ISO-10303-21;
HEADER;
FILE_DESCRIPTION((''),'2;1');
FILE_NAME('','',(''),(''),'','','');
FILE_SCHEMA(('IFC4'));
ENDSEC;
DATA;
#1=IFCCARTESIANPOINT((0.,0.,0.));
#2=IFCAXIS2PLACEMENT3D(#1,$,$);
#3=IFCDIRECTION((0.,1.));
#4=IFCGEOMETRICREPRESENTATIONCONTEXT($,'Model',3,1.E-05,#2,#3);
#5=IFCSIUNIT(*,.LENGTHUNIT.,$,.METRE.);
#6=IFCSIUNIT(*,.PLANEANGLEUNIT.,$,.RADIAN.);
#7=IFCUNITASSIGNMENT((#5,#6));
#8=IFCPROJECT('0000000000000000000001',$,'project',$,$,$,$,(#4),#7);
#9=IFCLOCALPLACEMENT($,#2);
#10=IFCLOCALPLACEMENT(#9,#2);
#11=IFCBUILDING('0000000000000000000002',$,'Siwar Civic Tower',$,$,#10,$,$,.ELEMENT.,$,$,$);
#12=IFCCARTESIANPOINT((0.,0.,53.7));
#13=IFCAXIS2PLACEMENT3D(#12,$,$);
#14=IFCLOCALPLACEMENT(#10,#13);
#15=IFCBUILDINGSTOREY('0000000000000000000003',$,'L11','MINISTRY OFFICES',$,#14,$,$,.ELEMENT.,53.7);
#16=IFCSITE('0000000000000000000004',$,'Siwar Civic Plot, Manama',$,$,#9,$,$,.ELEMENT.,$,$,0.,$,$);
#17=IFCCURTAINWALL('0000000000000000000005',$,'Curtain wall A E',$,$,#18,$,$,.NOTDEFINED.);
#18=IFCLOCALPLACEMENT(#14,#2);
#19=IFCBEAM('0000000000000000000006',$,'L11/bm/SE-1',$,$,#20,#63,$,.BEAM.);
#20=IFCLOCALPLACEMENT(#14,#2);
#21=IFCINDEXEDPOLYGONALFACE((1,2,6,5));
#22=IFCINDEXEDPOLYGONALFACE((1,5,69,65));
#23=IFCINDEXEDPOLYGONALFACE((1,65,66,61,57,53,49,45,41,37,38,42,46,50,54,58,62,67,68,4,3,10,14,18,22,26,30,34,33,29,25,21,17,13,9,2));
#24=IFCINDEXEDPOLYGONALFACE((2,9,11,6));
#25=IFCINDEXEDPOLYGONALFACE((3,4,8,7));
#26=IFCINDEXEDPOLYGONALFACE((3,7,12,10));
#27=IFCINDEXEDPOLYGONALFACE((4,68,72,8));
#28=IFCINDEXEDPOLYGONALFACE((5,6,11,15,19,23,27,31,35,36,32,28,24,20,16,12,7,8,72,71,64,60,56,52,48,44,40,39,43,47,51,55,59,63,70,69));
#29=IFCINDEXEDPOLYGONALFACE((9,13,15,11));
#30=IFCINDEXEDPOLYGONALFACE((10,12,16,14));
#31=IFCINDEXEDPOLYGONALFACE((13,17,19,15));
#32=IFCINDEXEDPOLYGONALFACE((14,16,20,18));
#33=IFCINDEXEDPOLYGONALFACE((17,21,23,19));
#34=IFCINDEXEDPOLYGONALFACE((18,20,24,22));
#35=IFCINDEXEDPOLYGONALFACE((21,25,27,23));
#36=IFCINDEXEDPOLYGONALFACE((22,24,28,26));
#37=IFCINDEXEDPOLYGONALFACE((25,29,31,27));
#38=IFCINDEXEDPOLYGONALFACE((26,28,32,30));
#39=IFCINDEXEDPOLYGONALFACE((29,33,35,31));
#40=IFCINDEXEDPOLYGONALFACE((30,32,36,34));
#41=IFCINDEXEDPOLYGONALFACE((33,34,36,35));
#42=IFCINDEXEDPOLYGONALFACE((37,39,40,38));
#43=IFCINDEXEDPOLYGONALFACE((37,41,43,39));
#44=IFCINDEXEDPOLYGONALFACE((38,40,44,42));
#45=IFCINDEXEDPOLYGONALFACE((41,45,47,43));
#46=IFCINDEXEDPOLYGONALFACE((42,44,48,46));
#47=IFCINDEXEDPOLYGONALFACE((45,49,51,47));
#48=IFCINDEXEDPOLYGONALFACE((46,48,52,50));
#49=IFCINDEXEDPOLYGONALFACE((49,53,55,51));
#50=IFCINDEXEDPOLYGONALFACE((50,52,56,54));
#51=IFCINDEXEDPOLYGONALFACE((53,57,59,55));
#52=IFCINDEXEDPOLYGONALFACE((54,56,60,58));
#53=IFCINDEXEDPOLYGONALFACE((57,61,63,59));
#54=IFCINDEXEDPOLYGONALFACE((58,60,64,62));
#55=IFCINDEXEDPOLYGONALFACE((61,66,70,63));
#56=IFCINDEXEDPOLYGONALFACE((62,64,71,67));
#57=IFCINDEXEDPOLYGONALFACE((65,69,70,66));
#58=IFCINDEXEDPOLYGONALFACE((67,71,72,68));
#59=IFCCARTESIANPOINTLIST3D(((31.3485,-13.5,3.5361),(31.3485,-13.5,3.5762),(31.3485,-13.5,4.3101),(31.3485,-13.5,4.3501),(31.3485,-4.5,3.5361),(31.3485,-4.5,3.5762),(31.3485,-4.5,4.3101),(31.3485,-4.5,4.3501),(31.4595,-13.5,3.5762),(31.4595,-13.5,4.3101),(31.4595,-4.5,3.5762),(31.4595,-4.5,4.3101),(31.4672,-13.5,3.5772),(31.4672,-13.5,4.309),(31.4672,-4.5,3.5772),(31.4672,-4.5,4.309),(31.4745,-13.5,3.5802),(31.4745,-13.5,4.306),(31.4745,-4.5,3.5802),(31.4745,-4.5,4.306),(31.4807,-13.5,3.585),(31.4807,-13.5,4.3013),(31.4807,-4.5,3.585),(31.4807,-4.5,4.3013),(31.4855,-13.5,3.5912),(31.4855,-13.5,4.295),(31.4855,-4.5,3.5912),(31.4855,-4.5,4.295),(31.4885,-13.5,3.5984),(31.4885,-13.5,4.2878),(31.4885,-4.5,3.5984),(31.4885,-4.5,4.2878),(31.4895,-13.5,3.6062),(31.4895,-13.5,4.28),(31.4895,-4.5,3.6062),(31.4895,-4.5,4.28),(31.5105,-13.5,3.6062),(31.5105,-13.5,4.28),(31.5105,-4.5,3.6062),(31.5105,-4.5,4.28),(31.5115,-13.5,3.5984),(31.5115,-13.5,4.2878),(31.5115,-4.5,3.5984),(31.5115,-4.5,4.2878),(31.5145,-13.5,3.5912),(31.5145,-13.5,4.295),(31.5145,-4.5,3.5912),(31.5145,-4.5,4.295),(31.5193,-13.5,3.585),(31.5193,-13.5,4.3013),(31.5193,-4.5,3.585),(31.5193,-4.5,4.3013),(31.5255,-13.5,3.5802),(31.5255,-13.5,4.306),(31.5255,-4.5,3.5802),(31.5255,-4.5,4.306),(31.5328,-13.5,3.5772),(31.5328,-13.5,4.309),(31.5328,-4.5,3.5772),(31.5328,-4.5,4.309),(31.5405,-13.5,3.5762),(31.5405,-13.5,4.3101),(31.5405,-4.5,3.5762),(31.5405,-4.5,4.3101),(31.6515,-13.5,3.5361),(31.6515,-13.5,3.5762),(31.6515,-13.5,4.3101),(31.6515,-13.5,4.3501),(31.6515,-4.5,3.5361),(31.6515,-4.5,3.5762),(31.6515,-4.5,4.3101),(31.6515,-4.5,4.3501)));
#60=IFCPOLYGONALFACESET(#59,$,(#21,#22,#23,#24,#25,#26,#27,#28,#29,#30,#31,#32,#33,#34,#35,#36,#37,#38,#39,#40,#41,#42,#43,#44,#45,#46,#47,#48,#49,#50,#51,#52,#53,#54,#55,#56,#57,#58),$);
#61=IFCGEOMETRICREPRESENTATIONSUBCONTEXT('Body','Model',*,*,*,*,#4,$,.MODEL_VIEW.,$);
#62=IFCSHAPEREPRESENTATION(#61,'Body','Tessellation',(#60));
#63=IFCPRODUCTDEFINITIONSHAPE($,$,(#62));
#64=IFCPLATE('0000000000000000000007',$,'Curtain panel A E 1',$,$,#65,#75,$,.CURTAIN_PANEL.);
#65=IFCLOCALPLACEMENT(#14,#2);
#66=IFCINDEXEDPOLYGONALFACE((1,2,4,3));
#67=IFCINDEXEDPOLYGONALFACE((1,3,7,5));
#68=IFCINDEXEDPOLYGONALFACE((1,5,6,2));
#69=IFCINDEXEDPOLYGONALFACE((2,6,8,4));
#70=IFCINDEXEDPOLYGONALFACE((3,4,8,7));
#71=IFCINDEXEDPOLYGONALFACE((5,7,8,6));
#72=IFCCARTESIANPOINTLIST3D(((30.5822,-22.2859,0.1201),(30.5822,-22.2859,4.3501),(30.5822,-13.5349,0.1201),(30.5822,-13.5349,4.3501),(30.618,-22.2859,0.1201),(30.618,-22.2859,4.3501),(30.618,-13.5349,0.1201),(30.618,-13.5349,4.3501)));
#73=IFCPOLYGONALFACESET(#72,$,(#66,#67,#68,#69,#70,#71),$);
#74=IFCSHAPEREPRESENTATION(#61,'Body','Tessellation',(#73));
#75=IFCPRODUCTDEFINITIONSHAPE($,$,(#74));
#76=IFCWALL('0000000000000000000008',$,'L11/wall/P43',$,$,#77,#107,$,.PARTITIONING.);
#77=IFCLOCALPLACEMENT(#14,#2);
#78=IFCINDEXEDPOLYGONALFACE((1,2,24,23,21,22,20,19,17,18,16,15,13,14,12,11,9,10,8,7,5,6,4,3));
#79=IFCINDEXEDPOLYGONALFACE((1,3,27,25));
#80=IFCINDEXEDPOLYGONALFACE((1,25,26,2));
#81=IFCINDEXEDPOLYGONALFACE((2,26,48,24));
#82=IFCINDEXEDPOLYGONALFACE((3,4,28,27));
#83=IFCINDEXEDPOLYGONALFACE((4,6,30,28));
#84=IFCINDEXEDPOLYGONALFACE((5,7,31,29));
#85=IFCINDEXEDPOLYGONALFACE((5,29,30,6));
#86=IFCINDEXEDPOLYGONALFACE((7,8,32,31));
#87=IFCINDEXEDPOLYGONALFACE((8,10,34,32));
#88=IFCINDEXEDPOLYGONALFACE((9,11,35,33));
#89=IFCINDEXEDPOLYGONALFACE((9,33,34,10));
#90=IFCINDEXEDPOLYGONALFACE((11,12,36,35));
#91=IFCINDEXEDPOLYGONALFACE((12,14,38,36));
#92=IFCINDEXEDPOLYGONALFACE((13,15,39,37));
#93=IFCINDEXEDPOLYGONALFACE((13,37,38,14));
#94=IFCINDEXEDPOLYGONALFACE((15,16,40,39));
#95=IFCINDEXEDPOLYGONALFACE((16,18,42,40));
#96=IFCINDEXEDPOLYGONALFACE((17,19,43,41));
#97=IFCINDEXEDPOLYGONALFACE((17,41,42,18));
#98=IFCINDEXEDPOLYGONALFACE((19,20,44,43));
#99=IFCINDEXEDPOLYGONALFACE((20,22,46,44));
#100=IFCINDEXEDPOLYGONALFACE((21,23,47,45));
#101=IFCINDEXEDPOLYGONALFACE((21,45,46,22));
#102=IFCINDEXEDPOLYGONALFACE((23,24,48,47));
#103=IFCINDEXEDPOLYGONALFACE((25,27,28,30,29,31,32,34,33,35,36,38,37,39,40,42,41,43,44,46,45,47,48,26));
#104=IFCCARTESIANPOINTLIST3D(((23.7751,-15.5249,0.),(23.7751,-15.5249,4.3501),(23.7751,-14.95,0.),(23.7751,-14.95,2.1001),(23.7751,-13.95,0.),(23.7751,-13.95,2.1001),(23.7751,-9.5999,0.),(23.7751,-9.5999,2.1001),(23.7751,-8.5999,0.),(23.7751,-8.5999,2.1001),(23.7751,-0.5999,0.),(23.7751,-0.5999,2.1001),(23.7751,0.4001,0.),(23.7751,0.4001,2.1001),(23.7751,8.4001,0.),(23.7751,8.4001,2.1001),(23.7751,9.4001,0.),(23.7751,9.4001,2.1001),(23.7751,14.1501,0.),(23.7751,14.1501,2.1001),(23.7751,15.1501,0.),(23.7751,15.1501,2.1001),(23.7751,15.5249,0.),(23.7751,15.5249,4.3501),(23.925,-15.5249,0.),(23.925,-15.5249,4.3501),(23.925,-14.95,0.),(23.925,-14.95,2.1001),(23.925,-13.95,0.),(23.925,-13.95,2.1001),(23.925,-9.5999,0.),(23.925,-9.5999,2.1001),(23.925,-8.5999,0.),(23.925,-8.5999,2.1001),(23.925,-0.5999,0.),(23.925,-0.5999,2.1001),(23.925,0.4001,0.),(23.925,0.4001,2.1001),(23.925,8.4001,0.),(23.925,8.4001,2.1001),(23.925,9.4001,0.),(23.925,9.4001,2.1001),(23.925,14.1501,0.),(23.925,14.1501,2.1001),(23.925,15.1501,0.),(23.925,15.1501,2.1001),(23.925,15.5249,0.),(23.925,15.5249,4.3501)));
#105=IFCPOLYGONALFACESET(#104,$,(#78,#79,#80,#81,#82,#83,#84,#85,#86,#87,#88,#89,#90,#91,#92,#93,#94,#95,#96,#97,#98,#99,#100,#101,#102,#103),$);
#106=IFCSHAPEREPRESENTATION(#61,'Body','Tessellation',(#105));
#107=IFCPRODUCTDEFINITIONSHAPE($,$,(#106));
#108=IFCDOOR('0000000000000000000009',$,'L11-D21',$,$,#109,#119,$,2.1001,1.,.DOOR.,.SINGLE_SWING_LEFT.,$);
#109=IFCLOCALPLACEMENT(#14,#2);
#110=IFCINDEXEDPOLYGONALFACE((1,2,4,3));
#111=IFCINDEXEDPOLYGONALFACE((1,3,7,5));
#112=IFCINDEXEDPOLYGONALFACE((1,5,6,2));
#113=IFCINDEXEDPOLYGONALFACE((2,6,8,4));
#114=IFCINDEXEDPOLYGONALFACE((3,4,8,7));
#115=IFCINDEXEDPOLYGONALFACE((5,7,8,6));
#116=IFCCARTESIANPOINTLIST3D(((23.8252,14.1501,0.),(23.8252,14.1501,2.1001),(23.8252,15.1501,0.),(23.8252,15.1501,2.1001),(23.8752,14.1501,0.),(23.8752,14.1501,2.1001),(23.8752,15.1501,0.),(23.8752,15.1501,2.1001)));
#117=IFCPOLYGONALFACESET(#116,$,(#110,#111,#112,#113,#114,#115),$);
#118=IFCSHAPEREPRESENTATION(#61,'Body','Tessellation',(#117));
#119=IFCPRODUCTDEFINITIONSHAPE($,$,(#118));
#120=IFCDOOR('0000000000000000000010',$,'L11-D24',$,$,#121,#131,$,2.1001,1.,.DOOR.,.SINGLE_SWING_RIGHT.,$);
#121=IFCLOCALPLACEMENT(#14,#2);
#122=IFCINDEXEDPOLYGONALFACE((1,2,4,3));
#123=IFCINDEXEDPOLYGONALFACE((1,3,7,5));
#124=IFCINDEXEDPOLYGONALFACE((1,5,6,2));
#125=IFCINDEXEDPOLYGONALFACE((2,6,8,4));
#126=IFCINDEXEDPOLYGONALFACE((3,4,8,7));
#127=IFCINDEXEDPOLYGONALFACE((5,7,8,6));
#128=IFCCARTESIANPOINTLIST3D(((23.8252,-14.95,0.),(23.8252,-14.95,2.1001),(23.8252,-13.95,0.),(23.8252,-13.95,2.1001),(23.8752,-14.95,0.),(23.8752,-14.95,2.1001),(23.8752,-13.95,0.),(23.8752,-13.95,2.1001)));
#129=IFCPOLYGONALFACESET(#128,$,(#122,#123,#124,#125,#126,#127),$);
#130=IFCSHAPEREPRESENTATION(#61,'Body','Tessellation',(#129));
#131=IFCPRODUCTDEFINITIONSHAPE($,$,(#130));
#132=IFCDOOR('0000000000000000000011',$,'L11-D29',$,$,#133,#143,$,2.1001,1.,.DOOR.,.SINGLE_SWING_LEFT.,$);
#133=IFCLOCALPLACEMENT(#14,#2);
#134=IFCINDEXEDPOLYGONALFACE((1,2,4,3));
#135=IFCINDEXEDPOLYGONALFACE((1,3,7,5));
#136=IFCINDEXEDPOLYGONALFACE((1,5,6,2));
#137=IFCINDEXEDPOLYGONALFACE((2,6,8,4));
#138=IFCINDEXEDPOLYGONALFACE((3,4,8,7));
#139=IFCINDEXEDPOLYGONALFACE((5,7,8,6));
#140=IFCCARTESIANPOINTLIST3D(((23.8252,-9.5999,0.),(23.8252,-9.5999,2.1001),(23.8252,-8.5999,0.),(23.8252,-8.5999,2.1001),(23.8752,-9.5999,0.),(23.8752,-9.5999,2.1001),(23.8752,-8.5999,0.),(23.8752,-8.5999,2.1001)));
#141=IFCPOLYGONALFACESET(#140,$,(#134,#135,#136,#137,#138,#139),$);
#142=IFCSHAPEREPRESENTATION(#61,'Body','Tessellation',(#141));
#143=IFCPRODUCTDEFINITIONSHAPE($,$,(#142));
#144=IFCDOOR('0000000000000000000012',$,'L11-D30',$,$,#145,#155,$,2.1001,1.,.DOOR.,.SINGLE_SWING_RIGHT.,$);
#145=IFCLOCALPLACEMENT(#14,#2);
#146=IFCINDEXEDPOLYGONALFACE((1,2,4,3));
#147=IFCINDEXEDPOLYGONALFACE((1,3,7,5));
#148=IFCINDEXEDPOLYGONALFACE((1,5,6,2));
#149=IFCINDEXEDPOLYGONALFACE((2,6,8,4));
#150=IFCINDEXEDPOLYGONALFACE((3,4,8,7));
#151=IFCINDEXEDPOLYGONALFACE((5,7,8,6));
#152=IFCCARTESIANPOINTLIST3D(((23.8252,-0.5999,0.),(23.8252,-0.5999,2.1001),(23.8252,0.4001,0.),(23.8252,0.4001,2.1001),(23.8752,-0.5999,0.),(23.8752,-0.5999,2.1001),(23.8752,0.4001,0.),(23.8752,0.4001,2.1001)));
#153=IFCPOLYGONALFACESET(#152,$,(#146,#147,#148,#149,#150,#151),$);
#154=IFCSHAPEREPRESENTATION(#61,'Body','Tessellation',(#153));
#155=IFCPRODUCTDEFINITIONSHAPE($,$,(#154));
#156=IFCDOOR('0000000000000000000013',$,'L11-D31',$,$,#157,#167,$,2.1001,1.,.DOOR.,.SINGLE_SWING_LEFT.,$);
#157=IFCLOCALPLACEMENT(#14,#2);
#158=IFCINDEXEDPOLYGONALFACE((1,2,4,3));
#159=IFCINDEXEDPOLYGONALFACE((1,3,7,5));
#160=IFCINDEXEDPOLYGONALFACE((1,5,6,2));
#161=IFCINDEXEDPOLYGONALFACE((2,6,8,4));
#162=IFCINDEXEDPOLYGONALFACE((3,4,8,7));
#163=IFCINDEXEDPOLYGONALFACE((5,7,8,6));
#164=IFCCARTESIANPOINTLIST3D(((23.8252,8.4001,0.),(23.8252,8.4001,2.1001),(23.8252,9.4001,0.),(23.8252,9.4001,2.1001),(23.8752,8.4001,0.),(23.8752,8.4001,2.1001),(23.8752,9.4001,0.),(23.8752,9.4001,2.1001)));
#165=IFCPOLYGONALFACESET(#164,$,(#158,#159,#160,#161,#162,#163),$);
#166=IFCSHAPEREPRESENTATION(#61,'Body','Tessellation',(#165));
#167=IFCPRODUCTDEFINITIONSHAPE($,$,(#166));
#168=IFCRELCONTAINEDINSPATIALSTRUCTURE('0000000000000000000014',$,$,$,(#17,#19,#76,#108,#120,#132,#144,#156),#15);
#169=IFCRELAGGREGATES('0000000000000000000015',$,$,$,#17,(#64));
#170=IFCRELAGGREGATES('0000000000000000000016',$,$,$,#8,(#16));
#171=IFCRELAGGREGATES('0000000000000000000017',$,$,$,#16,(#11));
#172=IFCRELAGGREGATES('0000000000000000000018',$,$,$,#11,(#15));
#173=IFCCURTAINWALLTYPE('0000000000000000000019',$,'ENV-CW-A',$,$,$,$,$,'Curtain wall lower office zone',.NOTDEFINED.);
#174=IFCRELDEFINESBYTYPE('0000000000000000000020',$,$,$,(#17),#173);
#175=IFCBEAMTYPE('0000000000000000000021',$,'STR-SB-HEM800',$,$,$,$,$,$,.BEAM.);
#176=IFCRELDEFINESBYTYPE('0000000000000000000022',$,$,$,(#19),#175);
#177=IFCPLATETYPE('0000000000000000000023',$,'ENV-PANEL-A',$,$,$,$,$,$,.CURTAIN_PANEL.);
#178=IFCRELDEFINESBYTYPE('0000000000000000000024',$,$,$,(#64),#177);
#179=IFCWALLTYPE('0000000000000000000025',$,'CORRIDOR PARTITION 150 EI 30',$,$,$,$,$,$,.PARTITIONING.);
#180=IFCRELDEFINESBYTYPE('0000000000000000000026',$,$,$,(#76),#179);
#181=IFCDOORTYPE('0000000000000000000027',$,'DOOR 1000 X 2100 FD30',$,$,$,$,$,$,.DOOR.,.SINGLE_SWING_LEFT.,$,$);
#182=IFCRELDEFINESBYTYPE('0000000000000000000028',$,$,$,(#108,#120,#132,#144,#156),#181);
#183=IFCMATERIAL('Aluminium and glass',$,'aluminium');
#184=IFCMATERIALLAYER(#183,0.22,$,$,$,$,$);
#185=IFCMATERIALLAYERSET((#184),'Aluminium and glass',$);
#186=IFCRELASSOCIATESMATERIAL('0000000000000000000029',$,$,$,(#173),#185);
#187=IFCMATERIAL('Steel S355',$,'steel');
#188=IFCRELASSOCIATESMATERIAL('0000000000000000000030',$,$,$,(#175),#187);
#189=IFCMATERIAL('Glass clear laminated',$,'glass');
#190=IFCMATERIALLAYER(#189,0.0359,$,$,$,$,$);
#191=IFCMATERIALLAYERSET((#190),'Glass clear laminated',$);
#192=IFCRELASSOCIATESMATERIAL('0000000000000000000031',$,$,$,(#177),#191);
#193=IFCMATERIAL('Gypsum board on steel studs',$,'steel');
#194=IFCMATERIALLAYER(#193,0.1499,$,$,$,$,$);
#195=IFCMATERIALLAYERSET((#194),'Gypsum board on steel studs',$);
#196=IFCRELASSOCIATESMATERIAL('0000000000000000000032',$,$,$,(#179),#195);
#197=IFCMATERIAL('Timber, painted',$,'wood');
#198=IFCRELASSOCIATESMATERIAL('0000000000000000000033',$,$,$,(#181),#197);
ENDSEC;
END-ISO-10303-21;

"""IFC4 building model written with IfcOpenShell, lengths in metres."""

from ifc_helpers import new_model, si_unit, direction, frame, frame_2d, origin, origin_2d, place, context, subcontext, project, spatial, rectangle, i_section, extrude, material, layer, layer_set, material_profile, profile_set, type_object, element, fill, aggregate, save


model = new_model("IFC4")

# Units and contexts
model_context = context("Model", 3, precision=1e-05, world=origin(), true_north=direction((0.0, 1.0)))
body_context = subcontext(model_context, "Body", "Model", "MODEL_VIEW")
ifc_project = project(units=[si_unit("LENGTHUNIT", "METRE"), si_unit("PLANEANGLEUNIT", "RADIAN")], contexts=[model_context])

# Site, building, storey
site_placement = place(None, origin())
site = spatial("IfcSite", under=ifc_project, at=site_placement, Name="Siwar Civic Plot, Manama", CompositionType="ELEMENT", RefElevation=0.0)
building_placement = place(site_placement, origin())
building = spatial("IfcBuilding", under=site, at=building_placement, Name="Siwar Civic Tower", CompositionType="ELEMENT")
storey_placement = place(building_placement, frame((0.0, 0.0, 53.7)))
storey = spatial("IfcBuildingStorey", under=building, at=storey_placement, Name="L11", Description="MINISTRY OFFICES", CompositionType="ELEMENT", Elevation=53.7)

# Curtain wall
ifc_material_1 = material(Name="Aluminium and glass", Category="aluminium")
ifc_layer_1 = layer(ifc_material_1, 0.22)
ifc_layer_set_1 = layer_set([ifc_layer_1], Name="Aluminium and glass")
curtain_wall_type = type_object("IfcCurtainWallType", Name="ENV-CW-A", ElementType="Curtain wall lower office zone", PredefinedType="NOTDEFINED", material=ifc_layer_set_1)
curtain_wall_placement = place(storey_placement, origin())
curtain_wall = element("IfcCurtainWall", 1, at=curtain_wall_placement, inside=storey, type_object=curtain_wall_type, Name="Curtain wall A E", PredefinedType="NOTDEFINED")

# Beam
ifc_material_2 = material(Name="Steel S355", Category="steel")
ifc_material_profile_1 = material_profile(ifc_material_2, i_section(OverallWidth=0.303, OverallDepth=0.814, WebThickness=0.021, FlangeThickness=0.04, FilletRadius=0.03, at=origin_2d()), Name="HEM800")
ifc_profile_set_1 = profile_set([ifc_material_profile_1], Name="Steel S355")
beam_type_1 = type_object("IfcBeamType", Name="STR-SB-HEM800", PredefinedType="BEAM", material=ifc_profile_set_1)
beam_1_placement = place(storey_placement, frame((31.5, -13.5, 3.9431), z_axis=(0.0, 1.0, 0.0), x_axis=(-1.0, 0.0, 0.0)))
element("IfcBeam", 2, at=beam_1_placement, inside=storey, type_object=beam_type_1, Name="L11/bm/SE-1", PredefinedType="BEAM", context=body_context, shape_type="SweptSolid", body=[
    extrude(i_section(OverallWidth=0.303, OverallDepth=0.814, WebThickness=0.021, FlangeThickness=0.04, FilletRadius=0.03, at=origin_2d()), origin(), (0.0, 0.0, 1.0), 9.0),
])

# Plate
ifc_material_3 = material(Name="Glass clear laminated", Category="glass")
ifc_layer_2 = layer(ifc_material_3, 0.0359)
ifc_layer_set_2 = layer_set([ifc_layer_2], Name="Glass clear laminated")
plate_type = type_object("IfcPlateType", Name="ENV-PANEL-A", PredefinedType="CURTAIN_PANEL", material=ifc_layer_set_2)
plate_placement = place(storey_placement, frame((30.6001, -17.9104, 0.1201), z_axis=(0.0, 0.0, 1.0), x_axis=(0.0, 1.0, 0.0)))
plate = element("IfcPlate", 3, at=plate_placement, type_object=plate_type, Name="Curtain panel A E 1", PredefinedType="CURTAIN_PANEL", context=body_context, shape_type="SweptSolid", body=[
    extrude(rectangle(XDim=8.751, YDim=0.0359, at=origin_2d()), origin(), (0.0, 0.0, 1.0), 4.23),
])
aggregate(curtain_wall, [plate])

# Wall, openings, doors
ifc_material_4 = material(Name="Gypsum board on steel studs", Category="steel")
ifc_layer_3 = layer(ifc_material_4, 0.1499)
ifc_layer_set_3 = layer_set([ifc_layer_3], Name="Gypsum board on steel studs")
wall_type_1 = type_object("IfcWallType", Name="CORRIDOR PARTITION 150 EI 30", PredefinedType="PARTITIONING", material=ifc_layer_set_3)
wall_1_placement = place(storey_placement, frame((23.8501, -15.5249, 0.0), z_axis=(0.0, 0.0, 1.0), x_axis=(0.0, 1.0, 0.0)))
wall_1 = element("IfcWall", 4, at=wall_1_placement, inside=storey, type_object=wall_type_1, Name="L11/wall/P43", PredefinedType="PARTITIONING", context=body_context, shape_type="SweptSolid", body=[
    extrude(rectangle(XDim=31.0498, YDim=0.1499, at=frame_2d((15.5249, 0.0))), origin(), (0.0, 0.0, 1.0), 4.3501),
])
opening_1_placement = place(wall_1_placement, frame((29.675, 0.0, 0.0)))
opening_1 = element("IfcOpeningElement", 5, at=opening_1_placement, cuts=wall_1, PredefinedType="OPENING", context=body_context, shape_type="SweptSolid", body=[
    extrude(rectangle(XDim=1.0, YDim=2.1001, at=frame_2d((0.5, 1.05))), frame((0.0, 0.085, 0.0), z_axis=(0.0, -1.0, 0.0), x_axis=(1.0, 0.0, 0.0)), (0.0, 0.0, 1.0), 0.1699),
])
opening_2_placement = place(wall_1_placement, frame((0.575, 0.0, 0.0)))
opening_2 = element("IfcOpeningElement", 6, at=opening_2_placement, cuts=wall_1, PredefinedType="OPENING", context=body_context, shape_type="SweptSolid", body=[
    extrude(rectangle(XDim=1.0, YDim=2.1001, at=frame_2d((0.5, 1.05))), frame((0.0, 0.085, 0.0), z_axis=(0.0, -1.0, 0.0), x_axis=(1.0, 0.0, 0.0)), (0.0, 0.0, 1.0), 0.1699),
])
opening_3_placement = place(wall_1_placement, frame((5.925, 0.0, 0.0)))
opening_3 = element("IfcOpeningElement", 7, at=opening_3_placement, cuts=wall_1, PredefinedType="OPENING", context=body_context, shape_type="SweptSolid", body=[
    extrude(rectangle(XDim=1.0, YDim=2.1001, at=frame_2d((0.5, 1.05))), frame((0.0, 0.085, 0.0), z_axis=(0.0, -1.0, 0.0), x_axis=(1.0, 0.0, 0.0)), (0.0, 0.0, 1.0), 0.1699),
])
opening_4_placement = place(wall_1_placement, frame((14.925, 0.0, 0.0)))
opening_4 = element("IfcOpeningElement", 8, at=opening_4_placement, cuts=wall_1, PredefinedType="OPENING", context=body_context, shape_type="SweptSolid", body=[
    extrude(rectangle(XDim=1.0, YDim=2.1001, at=frame_2d((0.5, 1.05))), frame((0.0, 0.085, 0.0), z_axis=(0.0, -1.0, 0.0), x_axis=(1.0, 0.0, 0.0)), (0.0, 0.0, 1.0), 0.1699),
])
opening_5_placement = place(wall_1_placement, frame((23.925, 0.0, 0.0)))
opening_5 = element("IfcOpeningElement", 9, at=opening_5_placement, cuts=wall_1, PredefinedType="OPENING", context=body_context, shape_type="SweptSolid", body=[
    extrude(rectangle(XDim=1.0, YDim=2.1001, at=frame_2d((0.5, 1.05))), frame((0.0, 0.085, 0.0), z_axis=(0.0, -1.0, 0.0), x_axis=(1.0, 0.0, 0.0)), (0.0, 0.0, 1.0), 0.1699),
])
ifc_material_5 = material(Name="Timber, painted", Category="wood")
door_type_1 = type_object("IfcDoorType", Name="DOOR 1000 X 2100 FD30", OperationType="SINGLE_SWING_LEFT", PredefinedType="DOOR", material=ifc_material_5)
door_1_placement = place(opening_1_placement, origin())
door_1 = element("IfcDoor", 10, at=door_1_placement, inside=storey, type_object=door_type_1, Name="L11-D21", OperationType="SINGLE_SWING_LEFT", OverallHeight=2.1001, OverallWidth=1.0, PredefinedType="DOOR", context=body_context, shape_type="SweptSolid", body=[
    extrude(rectangle(XDim=1.0, YDim=2.1001, at=frame_2d((0.5, 1.05))), frame((0.0, 0.0249, 0.0), z_axis=(0.0, -1.0, 0.0), x_axis=(1.0, 0.0, 0.0)), (0.0, 0.0, 1.0), 0.05),
])
fill(opening_1, door_1)
door_2_placement = place(opening_2_placement, origin())
door_2 = element("IfcDoor", 11, at=door_2_placement, inside=storey, type_object=door_type_1, Name="L11-D24", OperationType="SINGLE_SWING_RIGHT", OverallHeight=2.1001, OverallWidth=1.0, PredefinedType="DOOR", context=body_context, shape_type="SweptSolid", body=[
    extrude(rectangle(XDim=1.0, YDim=2.1001, at=frame_2d((0.5, 1.05))), frame((0.0, 0.0249, 0.0), z_axis=(0.0, -1.0, 0.0), x_axis=(1.0, 0.0, 0.0)), (0.0, 0.0, 1.0), 0.05),
])
fill(opening_2, door_2)
door_3_placement = place(opening_3_placement, origin())
door_3 = element("IfcDoor", 12, at=door_3_placement, inside=storey, type_object=door_type_1, Name="L11-D29", OperationType="SINGLE_SWING_LEFT", OverallHeight=2.1001, OverallWidth=1.0, PredefinedType="DOOR", context=body_context, shape_type="SweptSolid", body=[
    extrude(rectangle(XDim=1.0, YDim=2.1001, at=frame_2d((0.5, 1.05))), frame((0.0, 0.0249, 0.0), z_axis=(0.0, -1.0, 0.0), x_axis=(1.0, 0.0, 0.0)), (0.0, 0.0, 1.0), 0.05),
])
fill(opening_3, door_3)
door_4_placement = place(opening_4_placement, origin())
door_4 = element("IfcDoor", 13, at=door_4_placement, inside=storey, type_object=door_type_1, Name="L11-D30", OperationType="SINGLE_SWING_RIGHT", OverallHeight=2.1001, OverallWidth=1.0, PredefinedType="DOOR", context=body_context, shape_type="SweptSolid", body=[
    extrude(rectangle(XDim=1.0, YDim=2.1001, at=frame_2d((0.5, 1.05))), frame((0.0, 0.0249, 0.0), z_axis=(0.0, -1.0, 0.0), x_axis=(1.0, 0.0, 0.0)), (0.0, 0.0, 1.0), 0.05),
])
fill(opening_4, door_4)
door_5_placement = place(opening_5_placement, origin())
door_5 = element("IfcDoor", 14, at=door_5_placement, inside=storey, type_object=door_type_1, Name="L11-D31", OperationType="SINGLE_SWING_LEFT", OverallHeight=2.1001, OverallWidth=1.0, PredefinedType="DOOR", context=body_context, shape_type="SweptSolid", body=[
    extrude(rectangle(XDim=1.0, YDim=2.1001, at=frame_2d((0.5, 1.05))), frame((0.0, 0.0249, 0.0), z_axis=(0.0, -1.0, 0.0), x_axis=(1.0, 0.0, 0.0)), (0.0, 0.0, 1.0), 0.05),
])
fill(opening_5, door_5)

save(model, "model.ifc")
